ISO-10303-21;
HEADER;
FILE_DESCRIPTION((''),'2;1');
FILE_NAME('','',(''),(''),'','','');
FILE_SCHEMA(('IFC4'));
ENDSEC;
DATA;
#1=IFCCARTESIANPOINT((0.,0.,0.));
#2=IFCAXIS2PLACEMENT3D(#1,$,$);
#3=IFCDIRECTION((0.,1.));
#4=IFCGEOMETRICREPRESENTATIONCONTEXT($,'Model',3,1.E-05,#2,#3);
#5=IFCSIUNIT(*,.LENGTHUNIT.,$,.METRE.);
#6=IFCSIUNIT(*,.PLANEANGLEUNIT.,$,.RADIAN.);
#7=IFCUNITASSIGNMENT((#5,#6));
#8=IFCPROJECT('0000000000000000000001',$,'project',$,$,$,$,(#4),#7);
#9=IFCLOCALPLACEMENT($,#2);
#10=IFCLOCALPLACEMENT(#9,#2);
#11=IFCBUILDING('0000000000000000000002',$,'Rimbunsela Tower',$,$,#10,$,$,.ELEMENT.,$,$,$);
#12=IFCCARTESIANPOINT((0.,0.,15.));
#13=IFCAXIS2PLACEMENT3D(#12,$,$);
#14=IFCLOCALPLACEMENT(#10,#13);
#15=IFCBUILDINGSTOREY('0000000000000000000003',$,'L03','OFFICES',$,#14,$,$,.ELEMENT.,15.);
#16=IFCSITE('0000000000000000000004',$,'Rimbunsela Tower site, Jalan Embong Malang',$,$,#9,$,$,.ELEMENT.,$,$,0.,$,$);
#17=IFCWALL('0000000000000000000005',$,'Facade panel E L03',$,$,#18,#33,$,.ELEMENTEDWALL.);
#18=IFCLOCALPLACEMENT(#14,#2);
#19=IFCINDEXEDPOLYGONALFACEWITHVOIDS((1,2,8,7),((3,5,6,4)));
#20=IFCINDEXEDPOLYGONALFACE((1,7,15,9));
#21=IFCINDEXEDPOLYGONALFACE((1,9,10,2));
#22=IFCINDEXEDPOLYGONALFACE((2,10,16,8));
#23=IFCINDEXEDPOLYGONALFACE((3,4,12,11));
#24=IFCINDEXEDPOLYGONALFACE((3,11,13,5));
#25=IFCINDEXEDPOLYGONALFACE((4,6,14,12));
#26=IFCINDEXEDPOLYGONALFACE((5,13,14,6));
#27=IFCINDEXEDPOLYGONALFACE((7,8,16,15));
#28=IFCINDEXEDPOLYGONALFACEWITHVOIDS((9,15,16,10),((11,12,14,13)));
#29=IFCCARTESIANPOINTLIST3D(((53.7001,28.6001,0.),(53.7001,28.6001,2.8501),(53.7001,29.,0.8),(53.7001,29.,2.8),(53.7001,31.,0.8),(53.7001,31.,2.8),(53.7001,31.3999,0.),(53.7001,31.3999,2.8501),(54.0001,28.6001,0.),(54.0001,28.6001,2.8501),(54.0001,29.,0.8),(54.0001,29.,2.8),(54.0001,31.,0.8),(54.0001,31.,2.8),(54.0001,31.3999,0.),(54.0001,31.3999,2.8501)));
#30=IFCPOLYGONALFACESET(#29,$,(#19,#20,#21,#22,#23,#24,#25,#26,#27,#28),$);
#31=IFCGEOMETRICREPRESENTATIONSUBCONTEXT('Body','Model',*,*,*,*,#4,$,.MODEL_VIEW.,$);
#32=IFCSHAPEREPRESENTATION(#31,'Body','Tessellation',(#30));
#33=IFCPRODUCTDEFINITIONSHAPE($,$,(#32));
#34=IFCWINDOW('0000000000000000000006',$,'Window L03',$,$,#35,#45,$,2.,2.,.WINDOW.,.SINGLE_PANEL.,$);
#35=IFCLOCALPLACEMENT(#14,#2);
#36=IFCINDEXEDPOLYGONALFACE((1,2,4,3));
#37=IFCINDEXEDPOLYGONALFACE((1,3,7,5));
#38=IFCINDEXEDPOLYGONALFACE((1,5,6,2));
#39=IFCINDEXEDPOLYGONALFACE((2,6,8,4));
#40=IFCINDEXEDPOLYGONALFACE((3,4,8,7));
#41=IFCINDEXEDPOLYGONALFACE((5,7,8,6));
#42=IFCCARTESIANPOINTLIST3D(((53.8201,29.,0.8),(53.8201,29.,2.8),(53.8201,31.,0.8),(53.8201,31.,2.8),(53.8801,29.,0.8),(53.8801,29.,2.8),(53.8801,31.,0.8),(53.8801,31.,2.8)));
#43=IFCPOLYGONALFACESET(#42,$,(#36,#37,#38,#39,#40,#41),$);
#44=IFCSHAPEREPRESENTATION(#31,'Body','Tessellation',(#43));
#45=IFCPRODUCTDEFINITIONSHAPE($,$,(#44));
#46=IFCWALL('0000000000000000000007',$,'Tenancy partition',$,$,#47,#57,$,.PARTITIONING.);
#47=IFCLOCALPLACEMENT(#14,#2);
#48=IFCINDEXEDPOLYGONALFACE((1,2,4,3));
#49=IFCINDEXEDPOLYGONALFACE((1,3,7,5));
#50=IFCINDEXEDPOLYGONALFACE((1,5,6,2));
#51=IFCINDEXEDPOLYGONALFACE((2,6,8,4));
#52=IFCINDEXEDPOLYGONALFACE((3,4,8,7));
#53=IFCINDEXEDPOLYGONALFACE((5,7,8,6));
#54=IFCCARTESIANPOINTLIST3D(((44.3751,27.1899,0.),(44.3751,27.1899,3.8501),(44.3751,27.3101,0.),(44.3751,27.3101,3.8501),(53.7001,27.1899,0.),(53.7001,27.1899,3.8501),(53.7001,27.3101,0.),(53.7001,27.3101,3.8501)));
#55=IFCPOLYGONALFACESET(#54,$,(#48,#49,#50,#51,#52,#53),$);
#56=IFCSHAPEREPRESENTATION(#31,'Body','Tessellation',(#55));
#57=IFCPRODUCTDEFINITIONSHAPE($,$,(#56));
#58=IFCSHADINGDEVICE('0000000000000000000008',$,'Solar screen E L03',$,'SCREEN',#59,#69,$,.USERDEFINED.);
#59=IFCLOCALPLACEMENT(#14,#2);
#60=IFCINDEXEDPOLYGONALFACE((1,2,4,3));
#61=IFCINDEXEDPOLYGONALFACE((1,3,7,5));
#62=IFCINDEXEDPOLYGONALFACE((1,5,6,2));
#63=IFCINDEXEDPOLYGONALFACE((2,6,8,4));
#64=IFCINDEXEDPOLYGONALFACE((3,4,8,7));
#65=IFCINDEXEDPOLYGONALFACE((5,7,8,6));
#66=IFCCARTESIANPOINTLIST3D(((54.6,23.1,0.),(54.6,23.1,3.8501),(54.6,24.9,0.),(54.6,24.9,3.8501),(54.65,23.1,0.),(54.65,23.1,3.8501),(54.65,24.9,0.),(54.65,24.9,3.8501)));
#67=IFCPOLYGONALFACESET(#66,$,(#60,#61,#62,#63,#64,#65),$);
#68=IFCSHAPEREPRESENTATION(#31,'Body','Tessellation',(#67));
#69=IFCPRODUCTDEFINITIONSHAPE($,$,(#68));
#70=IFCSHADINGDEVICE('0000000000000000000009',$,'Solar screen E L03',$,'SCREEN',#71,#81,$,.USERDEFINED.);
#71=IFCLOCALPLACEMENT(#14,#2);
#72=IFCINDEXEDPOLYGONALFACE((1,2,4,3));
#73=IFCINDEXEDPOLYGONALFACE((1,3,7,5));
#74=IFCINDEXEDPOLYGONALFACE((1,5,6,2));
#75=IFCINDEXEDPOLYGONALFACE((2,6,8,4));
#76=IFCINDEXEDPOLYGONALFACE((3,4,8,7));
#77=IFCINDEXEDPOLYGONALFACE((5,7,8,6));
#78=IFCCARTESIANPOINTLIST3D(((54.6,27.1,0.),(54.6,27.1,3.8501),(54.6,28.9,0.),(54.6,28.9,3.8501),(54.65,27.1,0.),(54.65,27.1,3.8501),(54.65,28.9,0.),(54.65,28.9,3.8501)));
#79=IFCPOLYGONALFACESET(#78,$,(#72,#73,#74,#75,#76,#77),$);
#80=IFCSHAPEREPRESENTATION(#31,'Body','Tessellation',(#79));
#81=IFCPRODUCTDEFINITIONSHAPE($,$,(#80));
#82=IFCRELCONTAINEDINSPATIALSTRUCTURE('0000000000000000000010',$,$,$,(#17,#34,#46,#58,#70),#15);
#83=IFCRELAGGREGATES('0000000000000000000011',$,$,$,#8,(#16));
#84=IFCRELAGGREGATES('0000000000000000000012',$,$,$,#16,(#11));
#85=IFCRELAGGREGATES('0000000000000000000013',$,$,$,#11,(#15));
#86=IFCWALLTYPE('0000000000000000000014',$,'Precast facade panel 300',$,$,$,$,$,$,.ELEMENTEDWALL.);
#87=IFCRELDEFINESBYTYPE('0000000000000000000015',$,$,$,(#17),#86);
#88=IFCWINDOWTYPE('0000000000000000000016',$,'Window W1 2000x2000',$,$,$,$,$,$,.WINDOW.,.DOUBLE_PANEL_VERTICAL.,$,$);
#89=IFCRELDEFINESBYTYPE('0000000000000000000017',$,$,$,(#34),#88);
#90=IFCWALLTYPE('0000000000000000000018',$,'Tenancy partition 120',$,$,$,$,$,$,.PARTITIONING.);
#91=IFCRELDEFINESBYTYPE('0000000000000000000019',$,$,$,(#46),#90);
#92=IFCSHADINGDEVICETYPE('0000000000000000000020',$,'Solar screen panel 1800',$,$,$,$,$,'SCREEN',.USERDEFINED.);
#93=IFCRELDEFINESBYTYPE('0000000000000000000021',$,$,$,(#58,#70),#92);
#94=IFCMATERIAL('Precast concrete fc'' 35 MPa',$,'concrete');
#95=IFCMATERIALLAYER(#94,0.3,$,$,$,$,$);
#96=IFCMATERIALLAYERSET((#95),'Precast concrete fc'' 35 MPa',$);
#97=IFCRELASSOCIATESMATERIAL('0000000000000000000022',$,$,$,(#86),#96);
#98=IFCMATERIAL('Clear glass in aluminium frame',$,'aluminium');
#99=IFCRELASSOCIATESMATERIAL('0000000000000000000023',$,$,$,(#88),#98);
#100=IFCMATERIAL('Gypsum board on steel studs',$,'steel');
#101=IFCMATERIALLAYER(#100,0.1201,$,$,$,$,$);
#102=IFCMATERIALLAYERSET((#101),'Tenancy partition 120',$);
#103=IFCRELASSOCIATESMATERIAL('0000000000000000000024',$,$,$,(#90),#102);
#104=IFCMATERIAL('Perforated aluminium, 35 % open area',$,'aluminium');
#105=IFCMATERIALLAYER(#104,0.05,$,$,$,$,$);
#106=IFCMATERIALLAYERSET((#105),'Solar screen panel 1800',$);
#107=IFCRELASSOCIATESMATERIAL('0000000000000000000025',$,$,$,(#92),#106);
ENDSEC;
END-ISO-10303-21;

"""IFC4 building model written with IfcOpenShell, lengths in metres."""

from ifc_helpers import new_model, si_unit, direction, frame, frame_2d, origin, origin_2d, place, context, subcontext, project, spatial, rectangle, extrude, material, layer, layer_set, type_object, element, fill, save


model = new_model("IFC4")

# Units and contexts
model_context = context("Model", 3, precision=1e-05, world=origin(), true_north=direction((0.0, 1.0)))
body_context = subcontext(model_context, "Body", "Model", "MODEL_VIEW")
ifc_project = project(units=[si_unit("LENGTHUNIT", "METRE"), si_unit("PLANEANGLEUNIT", "RADIAN")], contexts=[model_context])

# Site, building, storey
site_placement = place(None, origin())
site = spatial("IfcSite", under=ifc_project, at=site_placement, Name="Rimbunsela Tower site, Jalan Embong Malang", CompositionType="ELEMENT", RefElevation=0.0)
building_placement = place(site_placement, origin())
building = spatial("IfcBuilding", under=site, at=building_placement, Name="Rimbunsela Tower", CompositionType="ELEMENT")
storey_placement = place(building_placement, frame((0.0, 0.0, 15.0)))
storey = spatial("IfcBuildingStorey", under=building, at=storey_placement, Name="L03", Description="OFFICES", CompositionType="ELEMENT", Elevation=15.0)

# Wall, opening, window
ifc_material_1 = material(Name="Precast concrete fc' 35 MPa", Category="concrete")
ifc_layer_1 = layer(ifc_material_1, 0.3)
ifc_layer_set_1 = layer_set([ifc_layer_1], Name="Precast concrete fc' 35 MPa")
wall_type_1 = type_object("IfcWallType", Name="Precast facade panel 300", PredefinedType="ELEMENTEDWALL", material=ifc_layer_set_1)
ifc_material_2 = material(Name="Clear glass in aluminium frame", Category="aluminium")
window_type = type_object("IfcWindowType", Name="Window W1 2000x2000", PartitioningType="DOUBLE_PANEL_VERTICAL", PredefinedType="WINDOW", material=ifc_material_2)
wall_1_placement = place(storey_placement, frame((53.8501, 28.6001, 0.0), z_axis=(0.0, 0.0, 1.0), x_axis=(0.0, 1.0, 0.0)))
wall_1 = element("IfcWall", 1, at=wall_1_placement, inside=storey, type_object=wall_type_1, Name="Facade panel E L03", PredefinedType="ELEMENTEDWALL", context=body_context, shape_type="SweptSolid", body=[
    extrude(rectangle(XDim=2.7998, YDim=0.3, at=frame_2d((1.3999, 0.0))), origin(), (0.0, 0.0, 1.0), 2.8501),
])
opening_1_placement = place(wall_1_placement, frame((0.3999, 0.0, 0.8)))
opening_1 = element("IfcOpeningElement", 2, at=opening_1_placement, cuts=wall_1, PredefinedType="OPENING", context=body_context, shape_type="SweptSolid", body=[
    extrude(rectangle(XDim=2.0, YDim=2.0, at=frame_2d((1.0, 1.0))), frame((0.0, 0.1599, 0.0), z_axis=(0.0, -1.0, 0.0), x_axis=(1.0, 0.0, 0.0)), (0.0, 0.0, 1.0), 0.3201),
])
window_1_placement = place(opening_1_placement, origin())
window_1 = element("IfcWindow", 3, at=window_1_placement, inside=storey, type_object=window_type, Name="Window L03", OverallHeight=2.0, OverallWidth=2.0, PartitioningType="SINGLE_PANEL", PredefinedType="WINDOW", context=body_context, shape_type="SweptSolid", body=[
    extrude(rectangle(XDim=2.0, YDim=2.0, at=frame_2d((1.0, 1.0))), frame((0.0, 0.03, 0.0), z_axis=(0.0, -1.0, 0.0), x_axis=(1.0, 0.0, 0.0)), (0.0, 0.0, 1.0), 0.0601),
])
fill(opening_1, window_1)

# Wall
ifc_material_3 = material(Name="Gypsum board on steel studs", Category="steel")
ifc_layer_2 = layer(ifc_material_3, 0.1201)
ifc_layer_set_2 = layer_set([ifc_layer_2], Name="Tenancy partition 120")
wall_type_2 = type_object("IfcWallType", Name="Tenancy partition 120", PredefinedType="PARTITIONING", material=ifc_layer_set_2)
wall_2_placement = place(storey_placement, frame((44.375, 27.25, 0.0), z_axis=(0.0, 0.0, 1.0), x_axis=(1.0, 0.0, 0.0)))
element("IfcWall", 4, at=wall_2_placement, inside=storey, type_object=wall_type_2, Name="Tenancy partition", PredefinedType="PARTITIONING", context=body_context, shape_type="SweptSolid", body=[
    extrude(rectangle(XDim=9.325, YDim=0.1201, at=frame_2d((4.6626, 0.0))), origin(), (0.0, 0.0, 1.0), 3.8501),
])

# Shading devices
ifc_material_4 = material(Name="Perforated aluminium, 35 % open area", Category="aluminium")
ifc_layer_3 = layer(ifc_material_4, 0.05)
ifc_layer_set_3 = layer_set([ifc_layer_3], Name="Solar screen panel 1800")
shading_device_type = type_object("IfcShadingDeviceType", Name="Solar screen panel 1800", ElementType="SCREEN", PredefinedType="USERDEFINED", material=ifc_layer_set_3)
for number, where, z_axis, x_axis, name in (
    (5, (54.625, 24.0, 0.0), (0.0, 0.0, 1.0), (0.0, 1.0, 0.0), "Solar screen E L03"),
    (6, (54.625, 28.0, 0.0), (0.0, 0.0, 1.0), (0.0, 1.0, 0.0), "Solar screen E L03"),
):
    element("IfcShadingDevice", number, at=place(storey_placement, frame(where, z_axis=z_axis, x_axis=x_axis)), inside=storey, type_object=shading_device_type, Name=name, ObjectType="SCREEN", PredefinedType="USERDEFINED", context=body_context, shape_type="SweptSolid", body=[
        extrude(rectangle(XDim=1.8, YDim=0.05, at=origin_2d()), origin(), (0.0, 0.0, 1.0), 3.8501),
    ])

save(model, "model.ifc")
